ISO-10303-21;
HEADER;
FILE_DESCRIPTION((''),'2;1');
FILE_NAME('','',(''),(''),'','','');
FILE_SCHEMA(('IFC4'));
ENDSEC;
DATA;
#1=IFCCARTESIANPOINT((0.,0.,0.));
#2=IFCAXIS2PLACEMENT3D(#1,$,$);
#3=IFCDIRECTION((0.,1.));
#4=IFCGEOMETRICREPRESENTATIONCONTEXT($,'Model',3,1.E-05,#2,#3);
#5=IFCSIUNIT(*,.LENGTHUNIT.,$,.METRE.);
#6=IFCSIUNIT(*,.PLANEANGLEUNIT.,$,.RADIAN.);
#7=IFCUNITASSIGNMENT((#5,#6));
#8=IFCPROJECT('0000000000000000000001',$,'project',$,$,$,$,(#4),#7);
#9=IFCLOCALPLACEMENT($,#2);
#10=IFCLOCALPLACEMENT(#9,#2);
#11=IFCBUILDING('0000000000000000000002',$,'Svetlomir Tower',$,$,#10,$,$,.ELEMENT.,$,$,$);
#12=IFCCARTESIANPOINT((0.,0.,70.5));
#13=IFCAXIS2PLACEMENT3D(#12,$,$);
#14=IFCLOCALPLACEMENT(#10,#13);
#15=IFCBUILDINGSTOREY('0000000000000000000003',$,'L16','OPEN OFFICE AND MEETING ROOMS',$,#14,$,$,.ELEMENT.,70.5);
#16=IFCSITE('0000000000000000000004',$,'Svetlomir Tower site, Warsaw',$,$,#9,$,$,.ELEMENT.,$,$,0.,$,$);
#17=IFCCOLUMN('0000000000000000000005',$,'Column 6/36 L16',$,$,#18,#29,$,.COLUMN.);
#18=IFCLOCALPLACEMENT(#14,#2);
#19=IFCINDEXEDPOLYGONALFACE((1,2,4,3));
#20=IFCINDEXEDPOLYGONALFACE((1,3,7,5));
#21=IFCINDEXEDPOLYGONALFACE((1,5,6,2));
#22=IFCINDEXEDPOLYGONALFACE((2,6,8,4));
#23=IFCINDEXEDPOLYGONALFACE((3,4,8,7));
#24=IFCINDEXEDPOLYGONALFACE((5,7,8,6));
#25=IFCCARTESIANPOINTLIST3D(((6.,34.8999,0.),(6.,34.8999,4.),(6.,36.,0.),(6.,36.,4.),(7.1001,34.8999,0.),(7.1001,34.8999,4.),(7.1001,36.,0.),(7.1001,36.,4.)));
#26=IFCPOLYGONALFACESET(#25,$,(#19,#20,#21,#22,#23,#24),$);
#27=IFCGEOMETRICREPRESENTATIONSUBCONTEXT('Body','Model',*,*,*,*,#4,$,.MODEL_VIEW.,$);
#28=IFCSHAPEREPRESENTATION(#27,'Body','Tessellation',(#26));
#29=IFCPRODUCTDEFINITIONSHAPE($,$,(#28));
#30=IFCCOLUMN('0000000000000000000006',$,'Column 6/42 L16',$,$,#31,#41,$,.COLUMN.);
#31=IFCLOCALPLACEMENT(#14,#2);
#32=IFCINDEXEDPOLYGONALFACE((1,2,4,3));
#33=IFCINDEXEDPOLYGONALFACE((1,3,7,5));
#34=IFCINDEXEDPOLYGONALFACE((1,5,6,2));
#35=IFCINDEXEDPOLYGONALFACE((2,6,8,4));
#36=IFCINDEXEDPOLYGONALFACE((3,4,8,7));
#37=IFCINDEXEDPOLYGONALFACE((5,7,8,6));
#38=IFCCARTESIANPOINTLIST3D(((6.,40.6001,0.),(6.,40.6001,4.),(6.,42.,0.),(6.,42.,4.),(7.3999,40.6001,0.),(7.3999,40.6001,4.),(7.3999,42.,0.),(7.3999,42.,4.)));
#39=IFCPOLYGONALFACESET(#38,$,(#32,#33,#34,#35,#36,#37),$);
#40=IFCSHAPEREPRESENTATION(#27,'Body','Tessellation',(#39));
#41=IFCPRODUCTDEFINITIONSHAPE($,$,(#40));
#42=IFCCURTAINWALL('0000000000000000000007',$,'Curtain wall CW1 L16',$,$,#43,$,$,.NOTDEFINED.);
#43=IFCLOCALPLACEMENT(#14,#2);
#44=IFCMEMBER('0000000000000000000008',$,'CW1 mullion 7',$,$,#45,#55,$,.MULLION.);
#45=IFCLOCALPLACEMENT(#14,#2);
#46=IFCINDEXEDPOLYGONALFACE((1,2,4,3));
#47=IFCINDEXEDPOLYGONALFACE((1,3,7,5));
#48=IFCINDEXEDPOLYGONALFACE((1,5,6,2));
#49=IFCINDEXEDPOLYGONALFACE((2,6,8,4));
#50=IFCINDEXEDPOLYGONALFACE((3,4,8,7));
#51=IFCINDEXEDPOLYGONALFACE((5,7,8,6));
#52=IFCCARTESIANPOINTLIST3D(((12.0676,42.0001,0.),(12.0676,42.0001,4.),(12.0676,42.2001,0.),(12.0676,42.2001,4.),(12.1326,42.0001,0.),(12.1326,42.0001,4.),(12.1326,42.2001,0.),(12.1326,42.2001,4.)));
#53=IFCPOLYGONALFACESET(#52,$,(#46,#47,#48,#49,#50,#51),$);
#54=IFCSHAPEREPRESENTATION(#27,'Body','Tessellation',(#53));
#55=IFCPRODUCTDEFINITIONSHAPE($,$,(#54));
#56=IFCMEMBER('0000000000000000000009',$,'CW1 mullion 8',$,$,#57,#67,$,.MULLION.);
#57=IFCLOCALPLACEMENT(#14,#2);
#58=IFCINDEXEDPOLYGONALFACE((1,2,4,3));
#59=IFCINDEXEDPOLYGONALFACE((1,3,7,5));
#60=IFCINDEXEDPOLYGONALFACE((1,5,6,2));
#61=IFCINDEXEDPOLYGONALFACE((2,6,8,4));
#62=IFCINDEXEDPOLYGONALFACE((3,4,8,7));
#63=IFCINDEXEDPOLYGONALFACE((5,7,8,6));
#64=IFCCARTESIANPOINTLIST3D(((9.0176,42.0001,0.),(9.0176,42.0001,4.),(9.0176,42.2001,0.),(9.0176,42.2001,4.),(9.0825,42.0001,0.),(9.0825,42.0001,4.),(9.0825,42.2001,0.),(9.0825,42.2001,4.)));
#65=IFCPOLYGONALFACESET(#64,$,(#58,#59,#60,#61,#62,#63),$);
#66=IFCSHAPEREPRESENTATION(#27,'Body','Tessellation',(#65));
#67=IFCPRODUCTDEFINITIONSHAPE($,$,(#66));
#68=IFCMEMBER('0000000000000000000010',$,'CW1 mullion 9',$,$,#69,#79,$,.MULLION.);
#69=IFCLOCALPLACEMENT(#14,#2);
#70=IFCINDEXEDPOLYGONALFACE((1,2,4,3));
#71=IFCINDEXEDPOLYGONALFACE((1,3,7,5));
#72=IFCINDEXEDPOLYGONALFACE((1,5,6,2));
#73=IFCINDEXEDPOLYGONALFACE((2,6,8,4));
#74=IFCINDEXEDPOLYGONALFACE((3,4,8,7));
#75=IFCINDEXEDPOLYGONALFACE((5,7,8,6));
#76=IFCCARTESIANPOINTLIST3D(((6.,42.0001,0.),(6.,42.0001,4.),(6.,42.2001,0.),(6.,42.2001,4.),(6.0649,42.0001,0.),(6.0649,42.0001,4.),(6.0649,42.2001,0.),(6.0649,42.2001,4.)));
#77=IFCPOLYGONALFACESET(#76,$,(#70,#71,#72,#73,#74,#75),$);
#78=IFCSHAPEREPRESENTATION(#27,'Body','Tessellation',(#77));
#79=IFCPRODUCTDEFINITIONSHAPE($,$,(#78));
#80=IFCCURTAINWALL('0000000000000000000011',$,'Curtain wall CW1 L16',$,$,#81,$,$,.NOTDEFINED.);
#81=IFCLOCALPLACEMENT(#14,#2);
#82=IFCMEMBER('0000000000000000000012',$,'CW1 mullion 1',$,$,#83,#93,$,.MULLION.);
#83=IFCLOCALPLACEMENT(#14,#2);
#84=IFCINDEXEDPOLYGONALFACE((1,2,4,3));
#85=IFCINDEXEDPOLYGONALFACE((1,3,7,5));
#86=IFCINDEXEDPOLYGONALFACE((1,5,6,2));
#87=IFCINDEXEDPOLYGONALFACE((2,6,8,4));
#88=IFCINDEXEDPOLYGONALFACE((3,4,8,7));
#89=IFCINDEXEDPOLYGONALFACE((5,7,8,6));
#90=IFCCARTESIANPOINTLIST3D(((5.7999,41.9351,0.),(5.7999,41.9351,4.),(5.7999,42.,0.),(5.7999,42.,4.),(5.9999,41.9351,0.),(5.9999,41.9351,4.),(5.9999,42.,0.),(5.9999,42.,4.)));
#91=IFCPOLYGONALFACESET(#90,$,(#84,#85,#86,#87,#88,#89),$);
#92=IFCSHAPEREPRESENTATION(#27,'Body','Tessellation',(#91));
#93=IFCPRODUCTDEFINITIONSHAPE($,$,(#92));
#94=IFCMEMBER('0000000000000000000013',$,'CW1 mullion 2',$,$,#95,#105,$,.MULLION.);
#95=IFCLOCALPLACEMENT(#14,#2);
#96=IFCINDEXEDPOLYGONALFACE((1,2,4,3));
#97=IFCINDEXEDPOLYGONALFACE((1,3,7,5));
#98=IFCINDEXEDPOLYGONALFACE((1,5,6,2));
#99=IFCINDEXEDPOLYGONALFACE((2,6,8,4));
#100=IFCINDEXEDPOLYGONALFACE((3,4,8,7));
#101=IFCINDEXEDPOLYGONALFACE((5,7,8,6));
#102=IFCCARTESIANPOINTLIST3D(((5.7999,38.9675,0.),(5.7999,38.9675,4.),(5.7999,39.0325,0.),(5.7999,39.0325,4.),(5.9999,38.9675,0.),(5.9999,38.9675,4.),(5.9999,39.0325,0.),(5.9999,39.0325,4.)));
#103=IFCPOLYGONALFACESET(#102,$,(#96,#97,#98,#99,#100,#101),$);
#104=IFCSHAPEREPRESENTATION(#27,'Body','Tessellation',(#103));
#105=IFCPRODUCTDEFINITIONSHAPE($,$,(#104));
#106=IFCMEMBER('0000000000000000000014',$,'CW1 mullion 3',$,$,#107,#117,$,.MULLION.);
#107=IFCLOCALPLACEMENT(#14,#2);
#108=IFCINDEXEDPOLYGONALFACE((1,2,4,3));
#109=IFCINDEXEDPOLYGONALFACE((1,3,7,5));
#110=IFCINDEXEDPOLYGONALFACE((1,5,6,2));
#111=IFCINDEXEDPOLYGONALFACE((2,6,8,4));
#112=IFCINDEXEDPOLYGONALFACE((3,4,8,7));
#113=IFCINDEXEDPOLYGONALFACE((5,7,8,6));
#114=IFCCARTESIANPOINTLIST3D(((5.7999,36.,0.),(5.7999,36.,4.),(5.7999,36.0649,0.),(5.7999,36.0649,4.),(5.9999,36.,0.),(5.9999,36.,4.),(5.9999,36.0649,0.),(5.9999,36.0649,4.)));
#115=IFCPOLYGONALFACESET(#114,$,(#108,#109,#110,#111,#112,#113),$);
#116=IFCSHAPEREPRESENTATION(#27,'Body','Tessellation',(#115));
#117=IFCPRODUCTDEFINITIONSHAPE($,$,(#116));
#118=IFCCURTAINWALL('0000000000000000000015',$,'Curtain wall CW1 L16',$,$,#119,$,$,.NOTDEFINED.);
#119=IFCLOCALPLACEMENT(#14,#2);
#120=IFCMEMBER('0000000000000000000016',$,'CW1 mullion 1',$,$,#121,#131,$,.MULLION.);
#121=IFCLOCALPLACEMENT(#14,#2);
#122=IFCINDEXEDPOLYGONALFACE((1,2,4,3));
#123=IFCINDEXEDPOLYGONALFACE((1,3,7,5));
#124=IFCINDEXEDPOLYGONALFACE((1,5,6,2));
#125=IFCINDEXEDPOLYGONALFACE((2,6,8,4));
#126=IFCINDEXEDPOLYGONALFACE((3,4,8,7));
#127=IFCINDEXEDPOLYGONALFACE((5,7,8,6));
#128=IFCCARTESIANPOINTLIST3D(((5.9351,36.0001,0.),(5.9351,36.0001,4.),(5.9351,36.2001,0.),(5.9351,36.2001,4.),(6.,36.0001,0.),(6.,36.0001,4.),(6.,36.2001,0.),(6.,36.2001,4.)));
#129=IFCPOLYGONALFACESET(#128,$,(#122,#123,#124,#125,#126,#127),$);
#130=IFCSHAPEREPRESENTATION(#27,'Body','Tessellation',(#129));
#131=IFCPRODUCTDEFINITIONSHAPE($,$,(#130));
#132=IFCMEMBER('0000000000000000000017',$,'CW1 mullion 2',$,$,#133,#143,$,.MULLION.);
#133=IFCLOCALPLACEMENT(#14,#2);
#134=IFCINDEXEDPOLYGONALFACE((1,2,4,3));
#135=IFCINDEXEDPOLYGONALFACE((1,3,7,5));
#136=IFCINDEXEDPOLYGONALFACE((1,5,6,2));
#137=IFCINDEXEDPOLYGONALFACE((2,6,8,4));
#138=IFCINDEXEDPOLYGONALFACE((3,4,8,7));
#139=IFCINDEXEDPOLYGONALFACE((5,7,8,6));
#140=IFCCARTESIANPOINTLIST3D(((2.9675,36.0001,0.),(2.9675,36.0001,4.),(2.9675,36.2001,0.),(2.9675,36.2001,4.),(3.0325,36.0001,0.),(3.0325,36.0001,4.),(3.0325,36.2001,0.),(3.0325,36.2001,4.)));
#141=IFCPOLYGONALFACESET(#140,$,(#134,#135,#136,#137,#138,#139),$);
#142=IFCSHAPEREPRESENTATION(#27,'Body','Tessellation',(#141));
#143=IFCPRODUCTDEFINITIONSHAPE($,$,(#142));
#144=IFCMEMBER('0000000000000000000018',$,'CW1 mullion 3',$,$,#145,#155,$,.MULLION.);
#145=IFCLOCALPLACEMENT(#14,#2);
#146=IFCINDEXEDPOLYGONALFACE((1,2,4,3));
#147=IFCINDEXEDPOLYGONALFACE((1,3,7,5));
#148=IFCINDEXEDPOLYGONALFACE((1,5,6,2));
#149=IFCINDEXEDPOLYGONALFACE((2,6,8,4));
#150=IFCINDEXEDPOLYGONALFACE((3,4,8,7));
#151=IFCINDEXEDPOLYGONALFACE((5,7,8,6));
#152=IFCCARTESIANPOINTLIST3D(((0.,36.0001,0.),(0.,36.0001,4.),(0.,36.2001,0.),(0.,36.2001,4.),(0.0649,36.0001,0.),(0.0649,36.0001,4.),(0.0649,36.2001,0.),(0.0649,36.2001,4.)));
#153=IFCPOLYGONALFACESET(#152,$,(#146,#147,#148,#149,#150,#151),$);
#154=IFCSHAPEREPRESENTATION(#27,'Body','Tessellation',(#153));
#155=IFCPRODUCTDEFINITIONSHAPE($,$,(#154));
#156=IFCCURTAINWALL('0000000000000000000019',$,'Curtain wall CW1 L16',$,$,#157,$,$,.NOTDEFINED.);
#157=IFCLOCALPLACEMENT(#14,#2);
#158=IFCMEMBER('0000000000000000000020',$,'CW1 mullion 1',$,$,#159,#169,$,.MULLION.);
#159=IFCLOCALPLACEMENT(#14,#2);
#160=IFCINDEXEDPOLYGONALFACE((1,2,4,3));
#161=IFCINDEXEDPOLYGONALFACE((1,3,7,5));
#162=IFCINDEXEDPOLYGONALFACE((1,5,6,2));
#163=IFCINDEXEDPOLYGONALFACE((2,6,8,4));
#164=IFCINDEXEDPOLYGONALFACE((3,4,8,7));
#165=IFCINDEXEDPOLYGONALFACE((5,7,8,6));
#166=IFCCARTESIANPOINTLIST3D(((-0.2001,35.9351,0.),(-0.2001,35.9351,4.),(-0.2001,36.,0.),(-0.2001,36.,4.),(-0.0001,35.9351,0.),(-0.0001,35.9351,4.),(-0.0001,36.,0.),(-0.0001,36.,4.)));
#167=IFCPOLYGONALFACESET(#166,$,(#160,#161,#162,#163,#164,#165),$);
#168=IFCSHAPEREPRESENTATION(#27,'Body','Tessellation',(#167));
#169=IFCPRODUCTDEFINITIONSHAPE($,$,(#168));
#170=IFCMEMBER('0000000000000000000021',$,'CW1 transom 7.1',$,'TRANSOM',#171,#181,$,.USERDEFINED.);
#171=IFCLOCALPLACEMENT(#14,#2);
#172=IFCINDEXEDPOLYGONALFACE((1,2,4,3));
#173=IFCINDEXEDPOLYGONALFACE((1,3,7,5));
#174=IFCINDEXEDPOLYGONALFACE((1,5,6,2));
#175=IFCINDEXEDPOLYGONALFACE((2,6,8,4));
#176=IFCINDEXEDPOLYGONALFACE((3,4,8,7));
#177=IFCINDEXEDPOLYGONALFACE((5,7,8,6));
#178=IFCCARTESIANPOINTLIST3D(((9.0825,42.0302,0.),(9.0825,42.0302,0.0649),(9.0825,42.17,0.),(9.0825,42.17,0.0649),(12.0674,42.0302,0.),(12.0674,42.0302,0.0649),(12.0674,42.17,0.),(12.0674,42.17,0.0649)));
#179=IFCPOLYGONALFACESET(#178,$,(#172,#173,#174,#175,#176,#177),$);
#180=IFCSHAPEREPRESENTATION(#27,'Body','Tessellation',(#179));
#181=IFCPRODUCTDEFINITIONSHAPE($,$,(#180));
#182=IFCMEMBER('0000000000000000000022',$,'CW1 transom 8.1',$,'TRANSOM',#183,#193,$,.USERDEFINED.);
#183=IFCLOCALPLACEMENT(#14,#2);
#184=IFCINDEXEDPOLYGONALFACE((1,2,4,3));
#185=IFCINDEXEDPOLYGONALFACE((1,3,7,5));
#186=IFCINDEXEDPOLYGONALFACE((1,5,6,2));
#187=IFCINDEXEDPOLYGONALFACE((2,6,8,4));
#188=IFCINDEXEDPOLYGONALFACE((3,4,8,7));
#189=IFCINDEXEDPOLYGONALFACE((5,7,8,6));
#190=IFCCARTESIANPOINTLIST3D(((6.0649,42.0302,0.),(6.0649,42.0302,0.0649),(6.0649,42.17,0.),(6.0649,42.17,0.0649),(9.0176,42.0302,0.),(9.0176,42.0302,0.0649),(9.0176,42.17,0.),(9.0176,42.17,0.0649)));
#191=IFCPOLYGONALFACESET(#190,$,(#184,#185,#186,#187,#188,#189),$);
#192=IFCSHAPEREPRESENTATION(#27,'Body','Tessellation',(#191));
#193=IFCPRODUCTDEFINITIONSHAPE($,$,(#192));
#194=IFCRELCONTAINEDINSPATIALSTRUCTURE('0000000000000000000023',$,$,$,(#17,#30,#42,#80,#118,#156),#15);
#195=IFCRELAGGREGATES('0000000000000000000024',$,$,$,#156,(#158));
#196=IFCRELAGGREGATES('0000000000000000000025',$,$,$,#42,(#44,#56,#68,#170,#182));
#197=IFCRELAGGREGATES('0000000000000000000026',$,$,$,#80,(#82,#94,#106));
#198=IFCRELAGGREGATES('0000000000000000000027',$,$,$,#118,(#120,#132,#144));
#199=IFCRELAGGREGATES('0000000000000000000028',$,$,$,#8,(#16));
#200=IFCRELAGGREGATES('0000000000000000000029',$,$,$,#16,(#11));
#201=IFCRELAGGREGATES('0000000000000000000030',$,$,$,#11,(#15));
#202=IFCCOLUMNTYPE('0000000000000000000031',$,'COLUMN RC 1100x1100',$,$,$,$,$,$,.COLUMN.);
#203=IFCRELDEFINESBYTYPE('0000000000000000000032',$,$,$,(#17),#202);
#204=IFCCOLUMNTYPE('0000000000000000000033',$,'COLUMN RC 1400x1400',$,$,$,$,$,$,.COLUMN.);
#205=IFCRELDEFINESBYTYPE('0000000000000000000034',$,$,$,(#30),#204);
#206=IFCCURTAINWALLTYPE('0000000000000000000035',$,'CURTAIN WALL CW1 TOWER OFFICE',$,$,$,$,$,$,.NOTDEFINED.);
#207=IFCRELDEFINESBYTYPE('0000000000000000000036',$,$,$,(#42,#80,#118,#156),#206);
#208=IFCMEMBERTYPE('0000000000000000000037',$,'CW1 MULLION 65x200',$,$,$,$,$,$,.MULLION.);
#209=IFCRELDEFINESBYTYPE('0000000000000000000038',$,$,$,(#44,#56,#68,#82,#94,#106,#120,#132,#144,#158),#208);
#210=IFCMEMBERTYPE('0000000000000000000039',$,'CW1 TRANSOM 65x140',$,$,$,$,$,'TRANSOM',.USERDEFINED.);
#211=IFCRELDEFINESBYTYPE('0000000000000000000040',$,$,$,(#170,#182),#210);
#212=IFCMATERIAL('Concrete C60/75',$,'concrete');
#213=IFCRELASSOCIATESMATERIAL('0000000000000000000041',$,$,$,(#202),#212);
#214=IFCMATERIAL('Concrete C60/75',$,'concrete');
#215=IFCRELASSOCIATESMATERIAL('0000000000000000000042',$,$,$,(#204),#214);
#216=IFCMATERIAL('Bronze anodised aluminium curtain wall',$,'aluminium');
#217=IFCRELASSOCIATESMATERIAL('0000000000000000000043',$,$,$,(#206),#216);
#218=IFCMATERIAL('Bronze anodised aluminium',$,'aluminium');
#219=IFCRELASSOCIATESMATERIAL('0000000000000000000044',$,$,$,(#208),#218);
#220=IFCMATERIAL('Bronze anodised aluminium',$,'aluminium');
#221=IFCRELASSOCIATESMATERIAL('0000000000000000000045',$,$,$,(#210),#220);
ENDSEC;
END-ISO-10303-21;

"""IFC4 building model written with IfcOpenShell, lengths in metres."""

from ifc_helpers import new_model, si_unit, direction, frame, origin, origin_2d, place, context, subcontext, project, spatial, rectangle, extrude, material, material_profile, profile_set, type_object, element, aggregate, save


model = new_model("IFC4")

# Units and contexts
model_context = context("Model", 3, precision=1e-05, world=origin(), true_north=direction((0.0, 1.0)))
body_context = subcontext(model_context, "Body", "Model", "MODEL_VIEW")
ifc_project = project(units=[si_unit("LENGTHUNIT", "METRE"), si_unit("PLANEANGLEUNIT", "RADIAN")], contexts=[model_context])

# Site, building, storey
site_placement = place(None, origin())
site = spatial("IfcSite", under=ifc_project, at=site_placement, Name="Svetlomir Tower site, Warsaw", CompositionType="ELEMENT", RefElevation=0.0)
building_placement = place(site_placement, origin())
building = spatial("IfcBuilding", under=site, at=building_placement, Name="Svetlomir Tower", CompositionType="ELEMENT")
storey_placement = place(building_placement, frame((0.0, 0.0, 70.5)))
storey = spatial("IfcBuildingStorey", under=building, at=storey_placement, Name="L16", Description="OPEN OFFICE AND MEETING ROOMS", CompositionType="ELEMENT", Elevation=70.5)

# Columns
ifc_material_1 = material(Name="Concrete C60/75", Category="concrete")
ifc_material_profile_1 = material_profile(ifc_material_1, rectangle(XDim=1.1001, YDim=1.1001, at=origin_2d()), Name="RC 1100x1100")
ifc_profile_set_1 = profile_set([ifc_material_profile_1], Name="Concrete C60/75")
column_type_1 = type_object("IfcColumnType", Name="COLUMN RC 1100x1100", PredefinedType="COLUMN", material=ifc_profile_set_1)
column_1_placement = place(storey_placement, frame((6.55, 35.45, 0.0), z_axis=(0.0, 0.0, 1.0), x_axis=(1.0, 0.0, 0.0)))
element("IfcColumn", 1, at=column_1_placement, inside=storey, type_object=column_type_1, Name="Column 6/36 L16", PredefinedType="COLUMN", context=body_context, shape_type="SweptSolid", body=[
    extrude(rectangle(XDim=1.1001, YDim=1.1001, at=origin_2d()), origin(), (0.0, 0.0, 1.0), 4.0),
])
ifc_material_2 = material(Name="Concrete C60/75", Category="concrete")
ifc_material_profile_2 = material_profile(ifc_material_2, rectangle(XDim=1.3999, YDim=1.3999, at=origin_2d()), Name="RC 1400x1400")
ifc_profile_set_2 = profile_set([ifc_material_profile_2], Name="Concrete C60/75")
column_type_2 = type_object("IfcColumnType", Name="COLUMN RC 1400x1400", PredefinedType="COLUMN", material=ifc_profile_set_2)
column_2_placement = place(storey_placement, frame((6.7, 41.3, 0.0), z_axis=(0.0, 0.0, 1.0), x_axis=(1.0, 0.0, 0.0)))
element("IfcColumn", 2, at=column_2_placement, inside=storey, type_object=column_type_2, Name="Column 6/42 L16", PredefinedType="COLUMN", context=body_context, shape_type="SweptSolid", body=[
    extrude(rectangle(XDim=1.3999, YDim=1.3999, at=origin_2d()), origin(), (0.0, 0.0, 1.0), 4.0),
])

# Curtain walls, members
ifc_material_3 = material(Name="Bronze anodised aluminium curtain wall", Category="aluminium")
curtain_wall_type = type_object("IfcCurtainWallType", Name="CURTAIN WALL CW1 TOWER OFFICE", PredefinedType="NOTDEFINED", material=ifc_material_3)
curtain_wall_1_placement = place(storey_placement, origin())
curtain_wall_1 = element("IfcCurtainWall", 3, at=curtain_wall_1_placement, inside=storey, type_object=curtain_wall_type, Name="Curtain wall CW1 L16", PredefinedType="NOTDEFINED")
ifc_material_4 = material(Name="Bronze anodised aluminium", Category="aluminium")
ifc_material_profile_3 = material_profile(ifc_material_4, rectangle(XDim=0.0649, YDim=0.2, at=origin_2d()), Name="AL 65x200")
ifc_profile_set_3 = profile_set([ifc_material_profile_3], Name="Bronze anodised aluminium 6063-T6")
member_type_1 = type_object("IfcMemberType", Name="CW1 MULLION 65x200", PredefinedType="MULLION", material=ifc_profile_set_3)
member_1_placement = place(storey_placement, frame((12.1001, 42.1001, 0.0), z_axis=(0.0, 0.0, 1.0), x_axis=(-1.0, 0.0, 0.0)))
member_1 = element("IfcMember", 4, at=member_1_placement, type_object=member_type_1, Name="CW1 mullion 7", PredefinedType="MULLION", context=body_context, shape_type="SweptSolid", body=[
    extrude(rectangle(XDim=0.0649, YDim=0.2, at=origin_2d()), origin(), (0.0, 0.0, 1.0), 4.0),
])
member_2_placement = place(storey_placement, frame((9.05, 42.1001, 0.0), z_axis=(0.0, 0.0, 1.0), x_axis=(-1.0, 0.0, 0.0)))
member_2 = element("IfcMember", 5, at=member_2_placement, type_object=member_type_1, Name="CW1 mullion 8", PredefinedType="MULLION", context=body_context, shape_type="SweptSolid", body=[
    extrude(rectangle(XDim=0.0649, YDim=0.2, at=origin_2d()), origin(), (0.0, 0.0, 1.0), 4.0),
])
member_3_placement = place(storey_placement, frame((6.0325, 42.1001, 0.0), z_axis=(0.0, 0.0, 1.0), x_axis=(-1.0, 0.0, 0.0)))
member_3 = element("IfcMember", 6, at=member_3_placement, type_object=member_type_1, Name="CW1 mullion 9", PredefinedType="MULLION", context=body_context, shape_type="SweptSolid", body=[
    extrude(rectangle(XDim=0.0649, YDim=0.2, at=origin_2d()), origin(), (0.0, 0.0, 1.0), 4.0),
])
curtain_wall_2_placement = place(storey_placement, origin())
curtain_wall_2 = element("IfcCurtainWall", 7, at=curtain_wall_2_placement, inside=storey, type_object=curtain_wall_type, Name="Curtain wall CW1 L16", PredefinedType="NOTDEFINED")
member_4_placement = place(storey_placement, frame((5.8999, 41.9675, 0.0), z_axis=(0.0, 0.0, 1.0), x_axis=(0.0, -1.0, 0.0)))
member_4 = element("IfcMember", 8, at=member_4_placement, type_object=member_type_1, Name="CW1 mullion 1", PredefinedType="MULLION", context=body_context, shape_type="SweptSolid", body=[
    extrude(rectangle(XDim=0.0649, YDim=0.2, at=origin_2d()), origin(), (0.0, 0.0, 1.0), 4.0),
])
member_5_placement = place(storey_placement, frame((5.8999, 39.0, 0.0), z_axis=(0.0, 0.0, 1.0), x_axis=(0.0, -1.0, 0.0)))
member_5 = element("IfcMember", 9, at=member_5_placement, type_object=member_type_1, Name="CW1 mullion 2", PredefinedType="MULLION", context=body_context, shape_type="SweptSolid", body=[
    extrude(rectangle(XDim=0.0649, YDim=0.2, at=origin_2d()), origin(), (0.0, 0.0, 1.0), 4.0),
])
member_6_placement = place(storey_placement, frame((5.8999, 36.0325, 0.0), z_axis=(0.0, 0.0, 1.0), x_axis=(0.0, -1.0, 0.0)))
member_6 = element("IfcMember", 10, at=member_6_placement, type_object=member_type_1, Name="CW1 mullion 3", PredefinedType="MULLION", context=body_context, shape_type="SweptSolid", body=[
    extrude(rectangle(XDim=0.0649, YDim=0.2, at=origin_2d()), origin(), (0.0, 0.0, 1.0), 4.0),
])
curtain_wall_3_placement = place(storey_placement, origin())
curtain_wall_3 = element("IfcCurtainWall", 11, at=curtain_wall_3_placement, inside=storey, type_object=curtain_wall_type, Name="Curtain wall CW1 L16", PredefinedType="NOTDEFINED")
member_7_placement = place(storey_placement, frame((5.9675, 36.1001, 0.0), z_axis=(0.0, 0.0, 1.0), x_axis=(-1.0, 0.0, 0.0)))
member_7 = element("IfcMember", 12, at=member_7_placement, type_object=member_type_1, Name="CW1 mullion 1", PredefinedType="MULLION", context=body_context, shape_type="SweptSolid", body=[
    extrude(rectangle(XDim=0.0649, YDim=0.2, at=origin_2d()), origin(), (0.0, 0.0, 1.0), 4.0),
])
member_8_placement = place(storey_placement, frame((3.0, 36.1001, 0.0), z_axis=(0.0, 0.0, 1.0), x_axis=(-1.0, 0.0, 0.0)))
member_8 = element("IfcMember", 13, at=member_8_placement, type_object=member_type_1, Name="CW1 mullion 2", PredefinedType="MULLION", context=body_context, shape_type="SweptSolid", body=[
    extrude(rectangle(XDim=0.0649, YDim=0.2, at=origin_2d()), origin(), (0.0, 0.0, 1.0), 4.0),
])
member_9_placement = place(storey_placement, frame((0.0325, 36.1001, 0.0), z_axis=(0.0, 0.0, 1.0), x_axis=(-1.0, 0.0, 0.0)))
member_9 = element("IfcMember", 14, at=member_9_placement, type_object=member_type_1, Name="CW1 mullion 3", PredefinedType="MULLION", context=body_context, shape_type="SweptSolid", body=[
    extrude(rectangle(XDim=0.0649, YDim=0.2, at=origin_2d()), origin(), (0.0, 0.0, 1.0), 4.0),
])

# Curtain wall, member
curtain_wall_4_placement = place(storey_placement, origin())
curtain_wall_4 = element("IfcCurtainWall", 15, at=curtain_wall_4_placement, inside=storey, type_object=curtain_wall_type, Name="Curtain wall CW1 L16", PredefinedType="NOTDEFINED")
member_10_placement = place(storey_placement, frame((-0.1001, 35.9675, 0.0), z_axis=(0.0, 0.0, 1.0), x_axis=(0.0, -1.0, 0.0)))
member_10 = element("IfcMember", 16, at=member_10_placement, type_object=member_type_1, Name="CW1 mullion 1", PredefinedType="MULLION", context=body_context, shape_type="SweptSolid", body=[
    extrude(rectangle(XDim=0.0649, YDim=0.2, at=origin_2d()), origin(), (0.0, 0.0, 1.0), 4.0),
])

# Members
ifc_material_5 = material(Name="Bronze anodised aluminium", Category="aluminium")
ifc_material_profile_4 = material_profile(ifc_material_5, rectangle(XDim=0.1399, YDim=0.0649, at=origin_2d()), Name="AL 140x65")
ifc_profile_set_4 = profile_set([ifc_material_profile_4], Name="Bronze anodised aluminium 6063-T6")
member_type_2 = type_object("IfcMemberType", Name="CW1 TRANSOM 65x140", ElementType="TRANSOM", PredefinedType="USERDEFINED", material=ifc_profile_set_4)
member_11_placement = place(storey_placement, frame((12.0674, 42.1001, 0.0325), z_axis=(-1.0, 0.0, 0.0), x_axis=(0.0, -1.0, 0.0)))
member_11 = element("IfcMember", 17, at=member_11_placement, type_object=member_type_2, Name="CW1 transom 7.1", ObjectType="TRANSOM", PredefinedType="USERDEFINED", context=body_context, shape_type="SweptSolid", body=[
    extrude(rectangle(XDim=0.1399, YDim=0.0649, at=origin_2d()), origin(), (0.0, 0.0, 1.0), 2.9849),
])
member_12_placement = place(storey_placement, frame((9.0176, 42.1001, 0.0325), z_axis=(-1.0, 0.0, 0.0), x_axis=(0.0, -1.0, 0.0)))
member_12 = element("IfcMember", 18, at=member_12_placement, type_object=member_type_2, Name="CW1 transom 8.1", ObjectType="TRANSOM", PredefinedType="USERDEFINED", context=body_context, shape_type="SweptSolid", body=[
    extrude(rectangle(XDim=0.1399, YDim=0.0649, at=origin_2d()), origin(), (0.0, 0.0, 1.0), 2.9526),
])
aggregate(curtain_wall_4, [member_10])

aggregate(curtain_wall_1, [member_1, member_2, member_3, member_11, member_12])
aggregate(curtain_wall_2, [member_4, member_5, member_6])
aggregate(curtain_wall_3, [member_7, member_8, member_9])

save(model, "model.ifc")
